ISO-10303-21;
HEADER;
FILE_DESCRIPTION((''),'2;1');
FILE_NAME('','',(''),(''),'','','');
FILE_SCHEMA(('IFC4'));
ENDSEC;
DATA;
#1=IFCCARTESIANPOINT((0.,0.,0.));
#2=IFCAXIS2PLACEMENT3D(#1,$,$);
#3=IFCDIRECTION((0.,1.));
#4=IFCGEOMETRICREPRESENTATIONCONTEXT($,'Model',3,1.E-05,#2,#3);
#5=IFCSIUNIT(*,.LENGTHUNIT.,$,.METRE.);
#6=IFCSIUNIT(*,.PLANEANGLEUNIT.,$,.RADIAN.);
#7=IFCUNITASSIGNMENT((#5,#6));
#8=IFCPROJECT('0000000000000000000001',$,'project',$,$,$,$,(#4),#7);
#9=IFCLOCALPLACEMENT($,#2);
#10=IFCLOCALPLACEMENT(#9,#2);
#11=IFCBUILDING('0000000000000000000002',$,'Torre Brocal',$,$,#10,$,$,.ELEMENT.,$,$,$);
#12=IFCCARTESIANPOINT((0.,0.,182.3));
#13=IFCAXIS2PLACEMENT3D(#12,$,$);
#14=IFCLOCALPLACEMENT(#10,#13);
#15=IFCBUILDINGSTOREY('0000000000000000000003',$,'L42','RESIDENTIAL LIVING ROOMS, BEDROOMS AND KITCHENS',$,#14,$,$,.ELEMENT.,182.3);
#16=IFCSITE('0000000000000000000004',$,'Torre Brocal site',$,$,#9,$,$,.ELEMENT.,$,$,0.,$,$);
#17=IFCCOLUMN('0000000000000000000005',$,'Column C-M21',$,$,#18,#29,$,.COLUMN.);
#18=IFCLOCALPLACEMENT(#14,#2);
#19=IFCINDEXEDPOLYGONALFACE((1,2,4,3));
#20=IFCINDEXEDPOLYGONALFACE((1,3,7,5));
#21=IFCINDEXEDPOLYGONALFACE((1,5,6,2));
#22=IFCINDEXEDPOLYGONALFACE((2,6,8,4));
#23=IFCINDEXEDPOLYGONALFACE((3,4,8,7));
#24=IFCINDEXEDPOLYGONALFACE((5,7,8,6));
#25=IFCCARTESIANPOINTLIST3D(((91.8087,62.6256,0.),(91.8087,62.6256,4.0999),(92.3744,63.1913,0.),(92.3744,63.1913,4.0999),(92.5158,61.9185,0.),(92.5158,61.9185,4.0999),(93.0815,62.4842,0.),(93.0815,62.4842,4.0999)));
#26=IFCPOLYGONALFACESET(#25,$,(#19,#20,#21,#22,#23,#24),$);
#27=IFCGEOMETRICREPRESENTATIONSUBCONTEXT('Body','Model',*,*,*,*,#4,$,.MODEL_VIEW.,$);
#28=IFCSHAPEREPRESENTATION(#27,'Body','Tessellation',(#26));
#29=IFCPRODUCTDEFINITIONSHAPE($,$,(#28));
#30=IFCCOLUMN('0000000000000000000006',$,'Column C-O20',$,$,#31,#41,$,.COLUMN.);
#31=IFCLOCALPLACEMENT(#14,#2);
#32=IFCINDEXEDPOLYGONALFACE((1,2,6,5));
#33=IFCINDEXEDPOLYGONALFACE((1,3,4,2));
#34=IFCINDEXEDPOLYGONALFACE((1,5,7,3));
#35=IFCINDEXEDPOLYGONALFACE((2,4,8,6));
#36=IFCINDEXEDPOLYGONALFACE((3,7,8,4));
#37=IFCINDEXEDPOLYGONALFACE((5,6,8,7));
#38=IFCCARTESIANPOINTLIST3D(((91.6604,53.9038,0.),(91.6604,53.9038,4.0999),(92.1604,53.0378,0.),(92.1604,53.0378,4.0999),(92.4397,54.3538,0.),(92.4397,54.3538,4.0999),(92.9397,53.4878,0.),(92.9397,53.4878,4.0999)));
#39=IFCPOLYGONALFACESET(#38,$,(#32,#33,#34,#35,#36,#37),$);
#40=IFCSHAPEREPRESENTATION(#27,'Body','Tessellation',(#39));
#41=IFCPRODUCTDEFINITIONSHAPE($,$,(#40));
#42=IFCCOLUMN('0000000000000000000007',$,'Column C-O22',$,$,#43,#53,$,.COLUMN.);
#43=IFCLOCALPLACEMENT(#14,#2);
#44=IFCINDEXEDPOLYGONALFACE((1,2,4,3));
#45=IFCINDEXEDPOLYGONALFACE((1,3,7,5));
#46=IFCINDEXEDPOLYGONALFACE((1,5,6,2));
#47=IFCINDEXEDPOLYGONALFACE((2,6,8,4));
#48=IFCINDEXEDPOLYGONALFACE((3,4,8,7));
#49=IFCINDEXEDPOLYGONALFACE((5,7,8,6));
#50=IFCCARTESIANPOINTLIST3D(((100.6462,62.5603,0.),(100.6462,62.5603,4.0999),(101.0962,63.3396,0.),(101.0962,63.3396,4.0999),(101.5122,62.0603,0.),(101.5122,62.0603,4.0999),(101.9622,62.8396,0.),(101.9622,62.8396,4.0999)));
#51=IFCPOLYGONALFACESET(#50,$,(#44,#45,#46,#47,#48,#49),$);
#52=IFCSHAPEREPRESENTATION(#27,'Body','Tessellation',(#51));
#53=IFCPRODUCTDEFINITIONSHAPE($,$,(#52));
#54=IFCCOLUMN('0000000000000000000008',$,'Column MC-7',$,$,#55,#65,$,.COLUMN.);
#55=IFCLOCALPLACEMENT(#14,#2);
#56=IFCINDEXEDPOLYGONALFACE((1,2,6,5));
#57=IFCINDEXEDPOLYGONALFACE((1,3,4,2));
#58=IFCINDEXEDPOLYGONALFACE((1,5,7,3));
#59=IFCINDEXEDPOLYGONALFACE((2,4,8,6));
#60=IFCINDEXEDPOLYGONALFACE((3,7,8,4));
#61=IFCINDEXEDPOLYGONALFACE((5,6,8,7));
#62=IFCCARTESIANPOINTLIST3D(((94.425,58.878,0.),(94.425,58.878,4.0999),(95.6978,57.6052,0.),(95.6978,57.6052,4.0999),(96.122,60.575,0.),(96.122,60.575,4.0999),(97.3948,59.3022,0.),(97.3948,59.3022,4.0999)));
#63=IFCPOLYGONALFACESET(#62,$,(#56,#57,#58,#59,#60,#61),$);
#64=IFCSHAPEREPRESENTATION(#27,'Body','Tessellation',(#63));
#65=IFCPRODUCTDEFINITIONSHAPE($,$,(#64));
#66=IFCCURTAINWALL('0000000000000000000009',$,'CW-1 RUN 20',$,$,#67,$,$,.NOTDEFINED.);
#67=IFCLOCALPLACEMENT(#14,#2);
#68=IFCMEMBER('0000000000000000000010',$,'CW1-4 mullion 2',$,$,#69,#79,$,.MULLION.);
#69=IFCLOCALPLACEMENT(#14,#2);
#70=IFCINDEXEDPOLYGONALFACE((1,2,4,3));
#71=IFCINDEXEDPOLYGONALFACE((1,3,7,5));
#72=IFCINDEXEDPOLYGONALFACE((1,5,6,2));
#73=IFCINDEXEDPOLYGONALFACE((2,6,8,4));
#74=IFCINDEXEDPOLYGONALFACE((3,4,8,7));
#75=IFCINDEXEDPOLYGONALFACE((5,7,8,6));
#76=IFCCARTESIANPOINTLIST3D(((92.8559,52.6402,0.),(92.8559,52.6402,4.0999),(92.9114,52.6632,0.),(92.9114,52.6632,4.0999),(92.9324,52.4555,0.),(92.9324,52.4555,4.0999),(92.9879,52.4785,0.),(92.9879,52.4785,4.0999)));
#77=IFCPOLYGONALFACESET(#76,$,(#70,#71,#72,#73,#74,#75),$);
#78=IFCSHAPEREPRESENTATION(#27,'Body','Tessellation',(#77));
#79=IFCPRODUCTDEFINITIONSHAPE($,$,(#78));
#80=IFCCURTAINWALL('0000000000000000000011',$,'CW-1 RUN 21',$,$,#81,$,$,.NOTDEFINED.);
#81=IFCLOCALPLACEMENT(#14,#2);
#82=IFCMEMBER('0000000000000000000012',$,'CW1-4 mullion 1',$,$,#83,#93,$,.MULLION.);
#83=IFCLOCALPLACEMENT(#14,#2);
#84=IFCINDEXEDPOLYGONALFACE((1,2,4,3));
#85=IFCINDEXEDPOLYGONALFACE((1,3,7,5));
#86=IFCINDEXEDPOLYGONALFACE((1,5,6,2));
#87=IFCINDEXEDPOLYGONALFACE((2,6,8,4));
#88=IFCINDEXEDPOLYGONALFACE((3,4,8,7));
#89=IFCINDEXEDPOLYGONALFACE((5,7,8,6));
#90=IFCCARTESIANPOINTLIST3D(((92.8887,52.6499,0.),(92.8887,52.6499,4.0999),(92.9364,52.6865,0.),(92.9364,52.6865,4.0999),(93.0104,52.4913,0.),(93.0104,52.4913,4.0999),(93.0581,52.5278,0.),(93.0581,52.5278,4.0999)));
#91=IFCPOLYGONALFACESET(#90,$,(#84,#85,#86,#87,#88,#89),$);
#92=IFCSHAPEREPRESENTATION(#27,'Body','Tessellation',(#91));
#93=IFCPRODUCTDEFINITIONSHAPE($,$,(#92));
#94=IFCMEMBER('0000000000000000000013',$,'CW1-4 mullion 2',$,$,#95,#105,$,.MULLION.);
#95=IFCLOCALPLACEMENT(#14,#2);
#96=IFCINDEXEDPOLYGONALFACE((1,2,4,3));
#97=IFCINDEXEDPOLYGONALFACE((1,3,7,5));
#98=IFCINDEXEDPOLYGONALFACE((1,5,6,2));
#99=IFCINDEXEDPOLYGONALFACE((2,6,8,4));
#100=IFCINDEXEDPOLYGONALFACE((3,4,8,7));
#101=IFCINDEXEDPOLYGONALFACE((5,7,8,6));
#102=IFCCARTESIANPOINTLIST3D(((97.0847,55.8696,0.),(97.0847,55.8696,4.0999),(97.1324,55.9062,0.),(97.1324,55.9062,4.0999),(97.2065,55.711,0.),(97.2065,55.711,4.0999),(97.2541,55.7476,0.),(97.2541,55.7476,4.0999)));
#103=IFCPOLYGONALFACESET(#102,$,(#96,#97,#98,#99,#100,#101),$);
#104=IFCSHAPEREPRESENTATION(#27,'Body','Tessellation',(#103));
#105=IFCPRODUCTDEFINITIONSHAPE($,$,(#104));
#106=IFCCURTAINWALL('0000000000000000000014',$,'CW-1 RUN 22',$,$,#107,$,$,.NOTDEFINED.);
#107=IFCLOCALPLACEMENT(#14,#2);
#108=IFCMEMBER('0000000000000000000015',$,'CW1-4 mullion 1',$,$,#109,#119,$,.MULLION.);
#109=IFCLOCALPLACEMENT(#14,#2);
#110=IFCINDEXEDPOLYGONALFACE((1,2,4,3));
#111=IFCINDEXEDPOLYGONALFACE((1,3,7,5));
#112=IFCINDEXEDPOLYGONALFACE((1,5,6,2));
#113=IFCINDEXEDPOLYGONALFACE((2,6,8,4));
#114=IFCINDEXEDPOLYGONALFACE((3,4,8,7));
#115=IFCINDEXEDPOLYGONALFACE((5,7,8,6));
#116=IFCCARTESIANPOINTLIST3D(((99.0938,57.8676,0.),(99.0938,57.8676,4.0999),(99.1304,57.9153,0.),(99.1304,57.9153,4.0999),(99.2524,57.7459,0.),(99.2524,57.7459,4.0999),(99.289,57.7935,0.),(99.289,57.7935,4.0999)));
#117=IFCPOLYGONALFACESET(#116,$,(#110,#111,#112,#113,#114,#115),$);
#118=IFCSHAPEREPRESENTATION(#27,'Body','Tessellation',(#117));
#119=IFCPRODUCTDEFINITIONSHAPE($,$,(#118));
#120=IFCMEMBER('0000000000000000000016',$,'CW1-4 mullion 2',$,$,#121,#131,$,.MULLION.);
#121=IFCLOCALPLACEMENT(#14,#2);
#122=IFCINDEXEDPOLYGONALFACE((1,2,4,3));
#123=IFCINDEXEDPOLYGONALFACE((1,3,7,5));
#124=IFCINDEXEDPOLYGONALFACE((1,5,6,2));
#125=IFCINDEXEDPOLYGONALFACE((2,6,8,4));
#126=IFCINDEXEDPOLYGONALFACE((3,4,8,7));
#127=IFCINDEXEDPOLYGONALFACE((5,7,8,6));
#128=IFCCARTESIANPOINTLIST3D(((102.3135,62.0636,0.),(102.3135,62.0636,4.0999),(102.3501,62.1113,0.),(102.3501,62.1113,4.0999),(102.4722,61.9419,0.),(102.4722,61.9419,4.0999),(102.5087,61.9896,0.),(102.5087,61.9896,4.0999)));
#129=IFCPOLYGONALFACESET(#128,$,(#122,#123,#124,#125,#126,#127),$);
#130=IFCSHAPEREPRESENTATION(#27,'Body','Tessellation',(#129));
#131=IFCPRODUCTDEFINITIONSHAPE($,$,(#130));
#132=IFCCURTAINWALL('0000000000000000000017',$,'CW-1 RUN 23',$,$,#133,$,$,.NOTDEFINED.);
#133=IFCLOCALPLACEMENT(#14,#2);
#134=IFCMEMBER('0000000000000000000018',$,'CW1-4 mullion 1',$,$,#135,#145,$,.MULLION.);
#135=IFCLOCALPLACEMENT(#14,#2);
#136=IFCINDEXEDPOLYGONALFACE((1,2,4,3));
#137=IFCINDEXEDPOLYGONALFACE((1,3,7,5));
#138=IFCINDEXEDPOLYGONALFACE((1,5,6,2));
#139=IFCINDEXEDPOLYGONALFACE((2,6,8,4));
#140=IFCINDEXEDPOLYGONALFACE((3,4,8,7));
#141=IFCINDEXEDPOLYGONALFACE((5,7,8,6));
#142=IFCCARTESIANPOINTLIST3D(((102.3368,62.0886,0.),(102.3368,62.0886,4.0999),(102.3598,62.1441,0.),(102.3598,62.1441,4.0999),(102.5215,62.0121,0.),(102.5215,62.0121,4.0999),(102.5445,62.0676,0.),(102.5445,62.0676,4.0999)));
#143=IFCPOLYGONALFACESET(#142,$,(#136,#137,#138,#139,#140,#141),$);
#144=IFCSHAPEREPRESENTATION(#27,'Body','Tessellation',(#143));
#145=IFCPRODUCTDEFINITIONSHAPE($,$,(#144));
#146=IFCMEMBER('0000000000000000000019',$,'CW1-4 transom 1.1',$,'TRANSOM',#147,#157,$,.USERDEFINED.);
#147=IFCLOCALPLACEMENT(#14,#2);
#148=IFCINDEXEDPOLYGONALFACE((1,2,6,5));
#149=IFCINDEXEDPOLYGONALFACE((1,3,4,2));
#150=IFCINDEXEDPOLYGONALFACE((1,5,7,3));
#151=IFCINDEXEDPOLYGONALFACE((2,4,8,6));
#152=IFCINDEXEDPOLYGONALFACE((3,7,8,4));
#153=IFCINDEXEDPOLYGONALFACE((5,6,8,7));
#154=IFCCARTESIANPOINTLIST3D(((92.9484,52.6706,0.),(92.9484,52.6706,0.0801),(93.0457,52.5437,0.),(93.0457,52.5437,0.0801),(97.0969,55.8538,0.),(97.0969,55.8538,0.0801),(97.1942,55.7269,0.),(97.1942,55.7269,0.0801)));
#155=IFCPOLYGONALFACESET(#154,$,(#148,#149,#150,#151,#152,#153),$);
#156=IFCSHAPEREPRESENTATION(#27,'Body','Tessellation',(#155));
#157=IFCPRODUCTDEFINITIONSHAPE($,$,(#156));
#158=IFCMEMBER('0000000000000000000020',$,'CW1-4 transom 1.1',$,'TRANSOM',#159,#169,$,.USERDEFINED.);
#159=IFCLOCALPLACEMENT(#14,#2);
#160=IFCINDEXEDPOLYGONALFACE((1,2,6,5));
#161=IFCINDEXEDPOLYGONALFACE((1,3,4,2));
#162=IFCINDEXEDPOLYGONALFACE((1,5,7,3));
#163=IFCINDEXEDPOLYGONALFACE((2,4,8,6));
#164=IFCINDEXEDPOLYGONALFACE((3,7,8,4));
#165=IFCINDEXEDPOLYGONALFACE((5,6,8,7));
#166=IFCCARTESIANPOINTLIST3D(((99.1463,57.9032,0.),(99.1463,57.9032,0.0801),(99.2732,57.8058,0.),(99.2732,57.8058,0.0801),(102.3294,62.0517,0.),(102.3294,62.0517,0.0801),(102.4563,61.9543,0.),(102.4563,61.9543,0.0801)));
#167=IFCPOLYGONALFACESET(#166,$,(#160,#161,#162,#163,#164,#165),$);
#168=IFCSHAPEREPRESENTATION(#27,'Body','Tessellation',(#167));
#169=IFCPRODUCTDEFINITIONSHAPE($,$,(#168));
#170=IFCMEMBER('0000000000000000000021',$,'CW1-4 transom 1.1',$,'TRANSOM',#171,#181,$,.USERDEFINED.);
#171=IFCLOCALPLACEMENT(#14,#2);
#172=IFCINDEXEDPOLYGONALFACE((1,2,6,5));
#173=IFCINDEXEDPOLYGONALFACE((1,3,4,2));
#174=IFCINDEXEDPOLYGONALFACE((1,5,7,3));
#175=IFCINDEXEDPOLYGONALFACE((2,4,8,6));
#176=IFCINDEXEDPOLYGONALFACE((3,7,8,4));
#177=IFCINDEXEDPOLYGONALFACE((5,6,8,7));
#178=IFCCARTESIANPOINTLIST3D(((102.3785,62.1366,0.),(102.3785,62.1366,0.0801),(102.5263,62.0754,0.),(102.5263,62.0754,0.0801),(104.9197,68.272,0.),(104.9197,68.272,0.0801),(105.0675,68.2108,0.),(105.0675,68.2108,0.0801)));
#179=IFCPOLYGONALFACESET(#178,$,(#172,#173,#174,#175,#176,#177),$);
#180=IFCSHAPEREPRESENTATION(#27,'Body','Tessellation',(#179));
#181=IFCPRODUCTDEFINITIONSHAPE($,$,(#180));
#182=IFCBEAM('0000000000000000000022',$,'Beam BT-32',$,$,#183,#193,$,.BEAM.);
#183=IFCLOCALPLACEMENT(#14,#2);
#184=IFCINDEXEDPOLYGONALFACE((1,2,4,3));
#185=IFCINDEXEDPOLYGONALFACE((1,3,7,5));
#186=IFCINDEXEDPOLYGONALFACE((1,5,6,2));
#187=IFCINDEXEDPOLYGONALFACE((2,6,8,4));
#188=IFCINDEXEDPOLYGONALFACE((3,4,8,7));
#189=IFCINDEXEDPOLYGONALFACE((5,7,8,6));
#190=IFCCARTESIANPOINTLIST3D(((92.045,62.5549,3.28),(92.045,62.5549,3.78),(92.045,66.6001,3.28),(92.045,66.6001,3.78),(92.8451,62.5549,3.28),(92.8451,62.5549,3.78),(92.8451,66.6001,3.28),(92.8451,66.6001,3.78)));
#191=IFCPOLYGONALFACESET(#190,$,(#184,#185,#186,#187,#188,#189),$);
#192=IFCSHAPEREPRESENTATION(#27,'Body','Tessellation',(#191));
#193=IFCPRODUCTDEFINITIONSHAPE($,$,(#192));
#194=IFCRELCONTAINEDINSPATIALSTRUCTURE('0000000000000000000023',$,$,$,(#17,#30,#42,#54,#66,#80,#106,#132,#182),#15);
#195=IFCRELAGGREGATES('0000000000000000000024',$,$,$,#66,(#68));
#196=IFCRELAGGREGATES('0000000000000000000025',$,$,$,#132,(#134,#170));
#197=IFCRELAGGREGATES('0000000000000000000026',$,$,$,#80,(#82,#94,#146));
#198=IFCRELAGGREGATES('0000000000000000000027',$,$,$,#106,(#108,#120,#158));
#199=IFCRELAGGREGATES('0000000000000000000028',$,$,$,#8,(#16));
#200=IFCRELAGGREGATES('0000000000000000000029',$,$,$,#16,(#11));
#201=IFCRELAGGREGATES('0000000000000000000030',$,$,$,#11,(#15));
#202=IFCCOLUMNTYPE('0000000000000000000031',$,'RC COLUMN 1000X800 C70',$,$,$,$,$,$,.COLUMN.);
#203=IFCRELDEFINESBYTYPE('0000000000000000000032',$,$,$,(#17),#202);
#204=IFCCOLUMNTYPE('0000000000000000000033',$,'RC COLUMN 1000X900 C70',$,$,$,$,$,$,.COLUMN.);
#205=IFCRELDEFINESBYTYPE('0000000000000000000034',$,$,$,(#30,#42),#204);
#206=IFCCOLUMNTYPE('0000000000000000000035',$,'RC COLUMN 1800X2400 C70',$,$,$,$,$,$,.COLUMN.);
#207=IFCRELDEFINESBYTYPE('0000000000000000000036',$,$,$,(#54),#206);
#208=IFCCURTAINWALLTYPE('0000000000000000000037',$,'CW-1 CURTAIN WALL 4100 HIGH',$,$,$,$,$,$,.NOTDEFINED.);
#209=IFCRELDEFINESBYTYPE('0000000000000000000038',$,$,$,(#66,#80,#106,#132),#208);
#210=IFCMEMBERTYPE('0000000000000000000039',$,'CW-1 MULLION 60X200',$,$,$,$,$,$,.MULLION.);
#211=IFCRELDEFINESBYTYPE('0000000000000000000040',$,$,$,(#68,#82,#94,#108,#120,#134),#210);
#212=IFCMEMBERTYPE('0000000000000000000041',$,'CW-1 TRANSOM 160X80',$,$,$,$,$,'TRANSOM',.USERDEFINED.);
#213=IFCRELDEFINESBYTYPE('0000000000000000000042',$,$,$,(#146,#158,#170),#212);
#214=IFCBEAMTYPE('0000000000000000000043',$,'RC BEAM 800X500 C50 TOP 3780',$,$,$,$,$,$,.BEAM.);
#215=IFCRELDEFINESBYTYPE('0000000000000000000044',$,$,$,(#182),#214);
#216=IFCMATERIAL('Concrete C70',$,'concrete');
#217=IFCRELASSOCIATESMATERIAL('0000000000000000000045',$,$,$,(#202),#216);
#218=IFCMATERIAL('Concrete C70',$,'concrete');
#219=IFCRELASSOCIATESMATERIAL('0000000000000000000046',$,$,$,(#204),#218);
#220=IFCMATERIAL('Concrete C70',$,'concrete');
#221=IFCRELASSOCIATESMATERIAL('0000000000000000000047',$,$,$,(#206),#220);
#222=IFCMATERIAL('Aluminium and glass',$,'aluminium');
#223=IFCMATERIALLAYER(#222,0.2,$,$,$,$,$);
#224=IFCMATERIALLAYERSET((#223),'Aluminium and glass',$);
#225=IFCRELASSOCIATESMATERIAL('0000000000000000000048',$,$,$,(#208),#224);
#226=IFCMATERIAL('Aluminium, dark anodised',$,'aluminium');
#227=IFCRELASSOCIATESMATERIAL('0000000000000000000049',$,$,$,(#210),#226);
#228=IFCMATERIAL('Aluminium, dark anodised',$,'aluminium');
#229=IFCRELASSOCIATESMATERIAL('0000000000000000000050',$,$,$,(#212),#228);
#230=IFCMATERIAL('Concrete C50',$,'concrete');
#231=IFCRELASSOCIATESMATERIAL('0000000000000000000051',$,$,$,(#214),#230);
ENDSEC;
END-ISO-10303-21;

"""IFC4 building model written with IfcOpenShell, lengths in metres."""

from ifc_helpers import new_model, si_unit, direction, frame, origin, origin_2d, place, context, subcontext, project, spatial, rectangle, extrude, material, layer, layer_set, material_profile, profile_set, type_object, element, aggregate, save


model = new_model("IFC4")

# Units and contexts
model_context = context("Model", 3, precision=1e-05, world=origin(), true_north=direction((0.0, 1.0)))
body_context = subcontext(model_context, "Body", "Model", "MODEL_VIEW")
ifc_project = project(units=[si_unit("LENGTHUNIT", "METRE"), si_unit("PLANEANGLEUNIT", "RADIAN")], contexts=[model_context])

# Site, building, storey
site_placement = place(None, origin())
site = spatial("IfcSite", under=ifc_project, at=site_placement, Name="Torre Brocal site", CompositionType="ELEMENT", RefElevation=0.0)
building_placement = place(site_placement, origin())
building = spatial("IfcBuilding", under=site, at=building_placement, Name="Torre Brocal", CompositionType="ELEMENT")
storey_placement = place(building_placement, frame((0.0, 0.0, 182.3)))
storey = spatial("IfcBuildingStorey", under=building, at=storey_placement, Name="L42", Description="RESIDENTIAL LIVING ROOMS, BEDROOMS AND KITCHENS", CompositionType="ELEMENT", Elevation=182.3)

# Columns
ifc_material_1 = material(Name="Concrete C70", Category="concrete")
ifc_material_profile_1 = material_profile(ifc_material_1, rectangle(XDim=1.0, YDim=0.8, at=origin_2d()), Name="RC 1000X800")
ifc_profile_set_1 = profile_set([ifc_material_profile_1], Name="Concrete C70")
column_type_1 = type_object("IfcColumnType", Name="RC COLUMN 1000X800 C70", PredefinedType="COLUMN", material=ifc_profile_set_1)
column_1_placement = place(storey_placement, frame((92.4451, 62.5549, 0.0), z_axis=(0.0, 0.0, 1.0), x_axis=(0.707107, -0.707107, 0.0)))
element("IfcColumn", 1, at=column_1_placement, inside=storey, type_object=column_type_1, Name="Column C-M21", PredefinedType="COLUMN", context=body_context, shape_type="SweptSolid", body=[
    extrude(rectangle(XDim=1.0, YDim=0.8, at=origin_2d()), origin(), (0.0, 0.0, 1.0), 4.0999),
])
ifc_material_2 = material(Name="Concrete C70", Category="concrete")
ifc_material_profile_2 = material_profile(ifc_material_2, rectangle(XDim=1.0, YDim=0.8999, at=origin_2d()), Name="RC 1000X900")
ifc_profile_set_2 = profile_set([ifc_material_profile_2], Name="Concrete C70")
column_type_2 = type_object("IfcColumnType", Name="RC COLUMN 1000X900 C70", PredefinedType="COLUMN", material=ifc_profile_set_2)
for number, where, z_axis, x_axis, name in (
    (2, (92.3, 53.6958, 0.0), (0.0, 0.0, 1.0), (0.5, -0.866025, 0.0), "Column C-O20"),
    (3, (101.3042, 62.7, 0.0), (0.0, 0.0, 1.0), (0.866025, -0.5, 0.0), "Column C-O22"),
):
    element("IfcColumn", number, at=place(storey_placement, frame(where, z_axis=z_axis, x_axis=x_axis)), inside=storey, type_object=column_type_2, Name=name, PredefinedType="COLUMN", context=body_context, shape_type="SweptSolid", body=[
        extrude(rectangle(XDim=1.0, YDim=0.8999, at=origin_2d()), origin(), (0.0, 0.0, 1.0), 4.0999),
    ])
ifc_material_3 = material(Name="Concrete C70", Category="concrete")
ifc_material_profile_3 = material_profile(ifc_material_3, rectangle(XDim=1.8, YDim=2.3999, at=origin_2d()), Name="RC 1800X2400")
ifc_profile_set_3 = profile_set([ifc_material_profile_3], Name="Concrete C70")
column_type_3 = type_object("IfcColumnType", Name="RC COLUMN 1800X2400 C70", PredefinedType="COLUMN", material=ifc_profile_set_3)
column_2_placement = place(storey_placement, frame((95.9099, 59.0901, 0.0), z_axis=(0.0, 0.0, 1.0), x_axis=(0.707107, -0.707107, 0.0)))
element("IfcColumn", 4, at=column_2_placement, inside=storey, type_object=column_type_3, Name="Column MC-7", PredefinedType="COLUMN", context=body_context, shape_type="SweptSolid", body=[
    extrude(rectangle(XDim=1.8, YDim=2.3999, at=origin_2d()), origin(), (0.0, 0.0, 1.0), 4.0999),
])

# Curtain wall, member
ifc_material_4 = material(Name="Aluminium and glass", Category="aluminium")
ifc_layer_1 = layer(ifc_material_4, 0.2)
ifc_layer_set_1 = layer_set([ifc_layer_1], Name="Aluminium and glass")
curtain_wall_type = type_object("IfcCurtainWallType", Name="CW-1 CURTAIN WALL 4100 HIGH", PredefinedType="NOTDEFINED", material=ifc_layer_set_1)
curtain_wall_1_placement = place(storey_placement, origin())
curtain_wall_1 = element("IfcCurtainWall", 5, at=curtain_wall_1_placement, inside=storey, type_object=curtain_wall_type, Name="CW-1 RUN 20", PredefinedType="NOTDEFINED")
ifc_material_5 = material(Name="Aluminium, dark anodised", Category="aluminium")
ifc_material_profile_4 = material_profile(ifc_material_5, rectangle(XDim=0.2, YDim=0.0601, at=origin_2d()), Name="CW-1 MULLION 60X200")
ifc_profile_set_4 = profile_set([ifc_material_profile_4], Name="Aluminium, dark anodised")
member_type_1 = type_object("IfcMemberType", Name="CW-1 MULLION 60X200", PredefinedType="MULLION", material=ifc_profile_set_4)
member_1_placement = place(storey_placement, frame((92.9219, 52.5593, 0.0), z_axis=(0.0, 0.0, 1.0), x_axis=(-0.382683, 0.92388, 0.0)))
member_1 = element("IfcMember", 6, at=member_1_placement, type_object=member_type_1, Name="CW1-4 mullion 2", PredefinedType="MULLION", context=body_context, shape_type="SweptSolid", body=[
    extrude(rectangle(XDim=0.2, YDim=0.0601, at=origin_2d()), origin(), (0.0, 0.0, 1.0), 4.0999),
])
aggregate(curtain_wall_1, [member_1])

# Curtain walls, members
curtain_wall_2_placement = place(storey_placement, origin())
curtain_wall_2 = element("IfcCurtainWall", 7, at=curtain_wall_2_placement, inside=storey, type_object=curtain_wall_type, Name="CW-1 RUN 21", PredefinedType="NOTDEFINED")
member_2_placement = place(storey_placement, frame((92.9734, 52.5889, 0.0), z_axis=(0.0, 0.0, 1.0), x_axis=(-0.608761, 0.793353, 0.0)))
member_2 = element("IfcMember", 8, at=member_2_placement, type_object=member_type_1, Name="CW1-4 mullion 1", PredefinedType="MULLION", context=body_context, shape_type="SweptSolid", body=[
    extrude(rectangle(XDim=0.2, YDim=0.0601, at=origin_2d()), origin(), (0.0, 0.0, 1.0), 4.0999),
])
member_3_placement = place(storey_placement, frame((97.1694, 55.8086, 0.0), z_axis=(0.0, 0.0, 1.0), x_axis=(-0.608761, 0.793353, 0.0)))
member_3 = element("IfcMember", 9, at=member_3_placement, type_object=member_type_1, Name="CW1-4 mullion 2", PredefinedType="MULLION", context=body_context, shape_type="SweptSolid", body=[
    extrude(rectangle(XDim=0.2, YDim=0.0601, at=origin_2d()), origin(), (0.0, 0.0, 1.0), 4.0999),
])
curtain_wall_3_placement = place(storey_placement, origin())
curtain_wall_3 = element("IfcCurtainWall", 10, at=curtain_wall_3_placement, inside=storey, type_object=curtain_wall_type, Name="CW-1 RUN 22", PredefinedType="NOTDEFINED")
member_4_placement = place(storey_placement, frame((99.1914, 57.8306, 0.0), z_axis=(0.0, 0.0, 1.0), x_axis=(-0.793353, 0.608761, 0.0)))
member_4 = element("IfcMember", 11, at=member_4_placement, type_object=member_type_1, Name="CW1-4 mullion 1", PredefinedType="MULLION", context=body_context, shape_type="SweptSolid", body=[
    extrude(rectangle(XDim=0.2, YDim=0.0601, at=origin_2d()), origin(), (0.0, 0.0, 1.0), 4.0999),
])
member_5_placement = place(storey_placement, frame((102.4111, 62.0266, 0.0), z_axis=(0.0, 0.0, 1.0), x_axis=(-0.793353, 0.608761, 0.0)))
member_5 = element("IfcMember", 12, at=member_5_placement, type_object=member_type_1, Name="CW1-4 mullion 2", PredefinedType="MULLION", context=body_context, shape_type="SweptSolid", body=[
    extrude(rectangle(XDim=0.2, YDim=0.0601, at=origin_2d()), origin(), (0.0, 0.0, 1.0), 4.0999),
])

# Curtain wall, member
curtain_wall_4_placement = place(storey_placement, origin())
curtain_wall_4 = element("IfcCurtainWall", 13, at=curtain_wall_4_placement, inside=storey, type_object=curtain_wall_type, Name="CW-1 RUN 23", PredefinedType="NOTDEFINED")
member_6_placement = place(storey_placement, frame((102.4407, 62.0781, 0.0), z_axis=(0.0, 0.0, 1.0), x_axis=(-0.92388, 0.382683, 0.0)))
member_6 = element("IfcMember", 14, at=member_6_placement, type_object=member_type_1, Name="CW1-4 mullion 1", PredefinedType="MULLION", context=body_context, shape_type="SweptSolid", body=[
    extrude(rectangle(XDim=0.2, YDim=0.0601, at=origin_2d()), origin(), (0.0, 0.0, 1.0), 4.0999),
])

# Members
ifc_material_6 = material(Name="Aluminium, dark anodised", Category="aluminium")
ifc_material_profile_5 = material_profile(ifc_material_6, rectangle(XDim=0.1599, YDim=0.0801, at=origin_2d()), Name="CW-1 TRANSOM 160X80")
ifc_profile_set_5 = profile_set([ifc_material_profile_5], Name="Aluminium, dark anodised")
member_type_2 = type_object("IfcMemberType", Name="CW-1 TRANSOM 160X80", ElementType="TRANSOM", PredefinedType="USERDEFINED", material=ifc_profile_set_5)
member_7_placement = place(storey_placement, frame((92.9971, 52.6072, 0.04), z_axis=(0.793363, 0.608749, 0.0), x_axis=(-0.608749, 0.793363, 0.0)))
member_7 = element("IfcMember", 15, at=member_7_placement, type_object=member_type_2, Name="CW1-4 transom 1.1", ObjectType="TRANSOM", PredefinedType="USERDEFINED", context=body_context, shape_type="SweptSolid", body=[
    extrude(rectangle(XDim=0.1599, YDim=0.0801, at=origin_2d()), origin(), (0.0, 0.0, 1.0), 5.229),
])
member_8_placement = place(storey_placement, frame((99.2097, 57.8545, 0.04), z_axis=(0.608749, 0.793363, 0.0), x_axis=(-0.793363, 0.608749, 0.0)))
member_8 = element("IfcMember", 16, at=member_8_placement, type_object=member_type_2, Name="CW1-4 transom 1.1", ObjectType="TRANSOM", PredefinedType="USERDEFINED", context=body_context, shape_type="SweptSolid", body=[
    extrude(rectangle(XDim=0.1599, YDim=0.0801, at=origin_2d()), origin(), (0.0, 0.0, 1.0), 5.229),
])
member_9_placement = place(storey_placement, frame((102.4524, 62.106, 0.04), z_axis=(0.382665, 0.923887, 0.0), x_axis=(-0.923887, 0.382665, 0.0)))
member_9 = element("IfcMember", 17, at=member_9_placement, type_object=member_type_2, Name="CW1-4 transom 1.1", ObjectType="TRANSOM", PredefinedType="USERDEFINED", context=body_context, shape_type="SweptSolid", body=[
    extrude(rectangle(XDim=0.1599, YDim=0.0801, at=origin_2d()), origin(), (0.0, 0.0, 1.0), 6.6409),
])
aggregate(curtain_wall_4, [member_6, member_9])

# Beam
ifc_material_7 = material(Name="Concrete C50", Category="concrete")
ifc_material_profile_6 = material_profile(ifc_material_7, rectangle(XDim=0.8, YDim=0.5, at=origin_2d()), Name="RC 800X500")
ifc_profile_set_6 = profile_set([ifc_material_profile_6], Name="Concrete C50")
beam_type_1 = type_object("IfcBeamType", Name="RC BEAM 800X500 C50 TOP 3780", PredefinedType="BEAM", material=ifc_profile_set_6)
beam_placement = place(storey_placement, frame((92.4451, 62.5549, 3.53), z_axis=(0.0, 1.0, 0.0), x_axis=(-1.0, 0.0, 0.0)))
element("IfcBeam", 18, at=beam_placement, inside=storey, type_object=beam_type_1, Name="Beam BT-32", PredefinedType="BEAM", context=body_context, shape_type="SweptSolid", body=[
    extrude(rectangle(XDim=0.8, YDim=0.5, at=origin_2d()), origin(), (0.0, 0.0, 1.0), 4.0452),
])

aggregate(curtain_wall_2, [member_2, member_3, member_7])
aggregate(curtain_wall_3, [member_4, member_5, member_8])

save(model, "model.ifc")
